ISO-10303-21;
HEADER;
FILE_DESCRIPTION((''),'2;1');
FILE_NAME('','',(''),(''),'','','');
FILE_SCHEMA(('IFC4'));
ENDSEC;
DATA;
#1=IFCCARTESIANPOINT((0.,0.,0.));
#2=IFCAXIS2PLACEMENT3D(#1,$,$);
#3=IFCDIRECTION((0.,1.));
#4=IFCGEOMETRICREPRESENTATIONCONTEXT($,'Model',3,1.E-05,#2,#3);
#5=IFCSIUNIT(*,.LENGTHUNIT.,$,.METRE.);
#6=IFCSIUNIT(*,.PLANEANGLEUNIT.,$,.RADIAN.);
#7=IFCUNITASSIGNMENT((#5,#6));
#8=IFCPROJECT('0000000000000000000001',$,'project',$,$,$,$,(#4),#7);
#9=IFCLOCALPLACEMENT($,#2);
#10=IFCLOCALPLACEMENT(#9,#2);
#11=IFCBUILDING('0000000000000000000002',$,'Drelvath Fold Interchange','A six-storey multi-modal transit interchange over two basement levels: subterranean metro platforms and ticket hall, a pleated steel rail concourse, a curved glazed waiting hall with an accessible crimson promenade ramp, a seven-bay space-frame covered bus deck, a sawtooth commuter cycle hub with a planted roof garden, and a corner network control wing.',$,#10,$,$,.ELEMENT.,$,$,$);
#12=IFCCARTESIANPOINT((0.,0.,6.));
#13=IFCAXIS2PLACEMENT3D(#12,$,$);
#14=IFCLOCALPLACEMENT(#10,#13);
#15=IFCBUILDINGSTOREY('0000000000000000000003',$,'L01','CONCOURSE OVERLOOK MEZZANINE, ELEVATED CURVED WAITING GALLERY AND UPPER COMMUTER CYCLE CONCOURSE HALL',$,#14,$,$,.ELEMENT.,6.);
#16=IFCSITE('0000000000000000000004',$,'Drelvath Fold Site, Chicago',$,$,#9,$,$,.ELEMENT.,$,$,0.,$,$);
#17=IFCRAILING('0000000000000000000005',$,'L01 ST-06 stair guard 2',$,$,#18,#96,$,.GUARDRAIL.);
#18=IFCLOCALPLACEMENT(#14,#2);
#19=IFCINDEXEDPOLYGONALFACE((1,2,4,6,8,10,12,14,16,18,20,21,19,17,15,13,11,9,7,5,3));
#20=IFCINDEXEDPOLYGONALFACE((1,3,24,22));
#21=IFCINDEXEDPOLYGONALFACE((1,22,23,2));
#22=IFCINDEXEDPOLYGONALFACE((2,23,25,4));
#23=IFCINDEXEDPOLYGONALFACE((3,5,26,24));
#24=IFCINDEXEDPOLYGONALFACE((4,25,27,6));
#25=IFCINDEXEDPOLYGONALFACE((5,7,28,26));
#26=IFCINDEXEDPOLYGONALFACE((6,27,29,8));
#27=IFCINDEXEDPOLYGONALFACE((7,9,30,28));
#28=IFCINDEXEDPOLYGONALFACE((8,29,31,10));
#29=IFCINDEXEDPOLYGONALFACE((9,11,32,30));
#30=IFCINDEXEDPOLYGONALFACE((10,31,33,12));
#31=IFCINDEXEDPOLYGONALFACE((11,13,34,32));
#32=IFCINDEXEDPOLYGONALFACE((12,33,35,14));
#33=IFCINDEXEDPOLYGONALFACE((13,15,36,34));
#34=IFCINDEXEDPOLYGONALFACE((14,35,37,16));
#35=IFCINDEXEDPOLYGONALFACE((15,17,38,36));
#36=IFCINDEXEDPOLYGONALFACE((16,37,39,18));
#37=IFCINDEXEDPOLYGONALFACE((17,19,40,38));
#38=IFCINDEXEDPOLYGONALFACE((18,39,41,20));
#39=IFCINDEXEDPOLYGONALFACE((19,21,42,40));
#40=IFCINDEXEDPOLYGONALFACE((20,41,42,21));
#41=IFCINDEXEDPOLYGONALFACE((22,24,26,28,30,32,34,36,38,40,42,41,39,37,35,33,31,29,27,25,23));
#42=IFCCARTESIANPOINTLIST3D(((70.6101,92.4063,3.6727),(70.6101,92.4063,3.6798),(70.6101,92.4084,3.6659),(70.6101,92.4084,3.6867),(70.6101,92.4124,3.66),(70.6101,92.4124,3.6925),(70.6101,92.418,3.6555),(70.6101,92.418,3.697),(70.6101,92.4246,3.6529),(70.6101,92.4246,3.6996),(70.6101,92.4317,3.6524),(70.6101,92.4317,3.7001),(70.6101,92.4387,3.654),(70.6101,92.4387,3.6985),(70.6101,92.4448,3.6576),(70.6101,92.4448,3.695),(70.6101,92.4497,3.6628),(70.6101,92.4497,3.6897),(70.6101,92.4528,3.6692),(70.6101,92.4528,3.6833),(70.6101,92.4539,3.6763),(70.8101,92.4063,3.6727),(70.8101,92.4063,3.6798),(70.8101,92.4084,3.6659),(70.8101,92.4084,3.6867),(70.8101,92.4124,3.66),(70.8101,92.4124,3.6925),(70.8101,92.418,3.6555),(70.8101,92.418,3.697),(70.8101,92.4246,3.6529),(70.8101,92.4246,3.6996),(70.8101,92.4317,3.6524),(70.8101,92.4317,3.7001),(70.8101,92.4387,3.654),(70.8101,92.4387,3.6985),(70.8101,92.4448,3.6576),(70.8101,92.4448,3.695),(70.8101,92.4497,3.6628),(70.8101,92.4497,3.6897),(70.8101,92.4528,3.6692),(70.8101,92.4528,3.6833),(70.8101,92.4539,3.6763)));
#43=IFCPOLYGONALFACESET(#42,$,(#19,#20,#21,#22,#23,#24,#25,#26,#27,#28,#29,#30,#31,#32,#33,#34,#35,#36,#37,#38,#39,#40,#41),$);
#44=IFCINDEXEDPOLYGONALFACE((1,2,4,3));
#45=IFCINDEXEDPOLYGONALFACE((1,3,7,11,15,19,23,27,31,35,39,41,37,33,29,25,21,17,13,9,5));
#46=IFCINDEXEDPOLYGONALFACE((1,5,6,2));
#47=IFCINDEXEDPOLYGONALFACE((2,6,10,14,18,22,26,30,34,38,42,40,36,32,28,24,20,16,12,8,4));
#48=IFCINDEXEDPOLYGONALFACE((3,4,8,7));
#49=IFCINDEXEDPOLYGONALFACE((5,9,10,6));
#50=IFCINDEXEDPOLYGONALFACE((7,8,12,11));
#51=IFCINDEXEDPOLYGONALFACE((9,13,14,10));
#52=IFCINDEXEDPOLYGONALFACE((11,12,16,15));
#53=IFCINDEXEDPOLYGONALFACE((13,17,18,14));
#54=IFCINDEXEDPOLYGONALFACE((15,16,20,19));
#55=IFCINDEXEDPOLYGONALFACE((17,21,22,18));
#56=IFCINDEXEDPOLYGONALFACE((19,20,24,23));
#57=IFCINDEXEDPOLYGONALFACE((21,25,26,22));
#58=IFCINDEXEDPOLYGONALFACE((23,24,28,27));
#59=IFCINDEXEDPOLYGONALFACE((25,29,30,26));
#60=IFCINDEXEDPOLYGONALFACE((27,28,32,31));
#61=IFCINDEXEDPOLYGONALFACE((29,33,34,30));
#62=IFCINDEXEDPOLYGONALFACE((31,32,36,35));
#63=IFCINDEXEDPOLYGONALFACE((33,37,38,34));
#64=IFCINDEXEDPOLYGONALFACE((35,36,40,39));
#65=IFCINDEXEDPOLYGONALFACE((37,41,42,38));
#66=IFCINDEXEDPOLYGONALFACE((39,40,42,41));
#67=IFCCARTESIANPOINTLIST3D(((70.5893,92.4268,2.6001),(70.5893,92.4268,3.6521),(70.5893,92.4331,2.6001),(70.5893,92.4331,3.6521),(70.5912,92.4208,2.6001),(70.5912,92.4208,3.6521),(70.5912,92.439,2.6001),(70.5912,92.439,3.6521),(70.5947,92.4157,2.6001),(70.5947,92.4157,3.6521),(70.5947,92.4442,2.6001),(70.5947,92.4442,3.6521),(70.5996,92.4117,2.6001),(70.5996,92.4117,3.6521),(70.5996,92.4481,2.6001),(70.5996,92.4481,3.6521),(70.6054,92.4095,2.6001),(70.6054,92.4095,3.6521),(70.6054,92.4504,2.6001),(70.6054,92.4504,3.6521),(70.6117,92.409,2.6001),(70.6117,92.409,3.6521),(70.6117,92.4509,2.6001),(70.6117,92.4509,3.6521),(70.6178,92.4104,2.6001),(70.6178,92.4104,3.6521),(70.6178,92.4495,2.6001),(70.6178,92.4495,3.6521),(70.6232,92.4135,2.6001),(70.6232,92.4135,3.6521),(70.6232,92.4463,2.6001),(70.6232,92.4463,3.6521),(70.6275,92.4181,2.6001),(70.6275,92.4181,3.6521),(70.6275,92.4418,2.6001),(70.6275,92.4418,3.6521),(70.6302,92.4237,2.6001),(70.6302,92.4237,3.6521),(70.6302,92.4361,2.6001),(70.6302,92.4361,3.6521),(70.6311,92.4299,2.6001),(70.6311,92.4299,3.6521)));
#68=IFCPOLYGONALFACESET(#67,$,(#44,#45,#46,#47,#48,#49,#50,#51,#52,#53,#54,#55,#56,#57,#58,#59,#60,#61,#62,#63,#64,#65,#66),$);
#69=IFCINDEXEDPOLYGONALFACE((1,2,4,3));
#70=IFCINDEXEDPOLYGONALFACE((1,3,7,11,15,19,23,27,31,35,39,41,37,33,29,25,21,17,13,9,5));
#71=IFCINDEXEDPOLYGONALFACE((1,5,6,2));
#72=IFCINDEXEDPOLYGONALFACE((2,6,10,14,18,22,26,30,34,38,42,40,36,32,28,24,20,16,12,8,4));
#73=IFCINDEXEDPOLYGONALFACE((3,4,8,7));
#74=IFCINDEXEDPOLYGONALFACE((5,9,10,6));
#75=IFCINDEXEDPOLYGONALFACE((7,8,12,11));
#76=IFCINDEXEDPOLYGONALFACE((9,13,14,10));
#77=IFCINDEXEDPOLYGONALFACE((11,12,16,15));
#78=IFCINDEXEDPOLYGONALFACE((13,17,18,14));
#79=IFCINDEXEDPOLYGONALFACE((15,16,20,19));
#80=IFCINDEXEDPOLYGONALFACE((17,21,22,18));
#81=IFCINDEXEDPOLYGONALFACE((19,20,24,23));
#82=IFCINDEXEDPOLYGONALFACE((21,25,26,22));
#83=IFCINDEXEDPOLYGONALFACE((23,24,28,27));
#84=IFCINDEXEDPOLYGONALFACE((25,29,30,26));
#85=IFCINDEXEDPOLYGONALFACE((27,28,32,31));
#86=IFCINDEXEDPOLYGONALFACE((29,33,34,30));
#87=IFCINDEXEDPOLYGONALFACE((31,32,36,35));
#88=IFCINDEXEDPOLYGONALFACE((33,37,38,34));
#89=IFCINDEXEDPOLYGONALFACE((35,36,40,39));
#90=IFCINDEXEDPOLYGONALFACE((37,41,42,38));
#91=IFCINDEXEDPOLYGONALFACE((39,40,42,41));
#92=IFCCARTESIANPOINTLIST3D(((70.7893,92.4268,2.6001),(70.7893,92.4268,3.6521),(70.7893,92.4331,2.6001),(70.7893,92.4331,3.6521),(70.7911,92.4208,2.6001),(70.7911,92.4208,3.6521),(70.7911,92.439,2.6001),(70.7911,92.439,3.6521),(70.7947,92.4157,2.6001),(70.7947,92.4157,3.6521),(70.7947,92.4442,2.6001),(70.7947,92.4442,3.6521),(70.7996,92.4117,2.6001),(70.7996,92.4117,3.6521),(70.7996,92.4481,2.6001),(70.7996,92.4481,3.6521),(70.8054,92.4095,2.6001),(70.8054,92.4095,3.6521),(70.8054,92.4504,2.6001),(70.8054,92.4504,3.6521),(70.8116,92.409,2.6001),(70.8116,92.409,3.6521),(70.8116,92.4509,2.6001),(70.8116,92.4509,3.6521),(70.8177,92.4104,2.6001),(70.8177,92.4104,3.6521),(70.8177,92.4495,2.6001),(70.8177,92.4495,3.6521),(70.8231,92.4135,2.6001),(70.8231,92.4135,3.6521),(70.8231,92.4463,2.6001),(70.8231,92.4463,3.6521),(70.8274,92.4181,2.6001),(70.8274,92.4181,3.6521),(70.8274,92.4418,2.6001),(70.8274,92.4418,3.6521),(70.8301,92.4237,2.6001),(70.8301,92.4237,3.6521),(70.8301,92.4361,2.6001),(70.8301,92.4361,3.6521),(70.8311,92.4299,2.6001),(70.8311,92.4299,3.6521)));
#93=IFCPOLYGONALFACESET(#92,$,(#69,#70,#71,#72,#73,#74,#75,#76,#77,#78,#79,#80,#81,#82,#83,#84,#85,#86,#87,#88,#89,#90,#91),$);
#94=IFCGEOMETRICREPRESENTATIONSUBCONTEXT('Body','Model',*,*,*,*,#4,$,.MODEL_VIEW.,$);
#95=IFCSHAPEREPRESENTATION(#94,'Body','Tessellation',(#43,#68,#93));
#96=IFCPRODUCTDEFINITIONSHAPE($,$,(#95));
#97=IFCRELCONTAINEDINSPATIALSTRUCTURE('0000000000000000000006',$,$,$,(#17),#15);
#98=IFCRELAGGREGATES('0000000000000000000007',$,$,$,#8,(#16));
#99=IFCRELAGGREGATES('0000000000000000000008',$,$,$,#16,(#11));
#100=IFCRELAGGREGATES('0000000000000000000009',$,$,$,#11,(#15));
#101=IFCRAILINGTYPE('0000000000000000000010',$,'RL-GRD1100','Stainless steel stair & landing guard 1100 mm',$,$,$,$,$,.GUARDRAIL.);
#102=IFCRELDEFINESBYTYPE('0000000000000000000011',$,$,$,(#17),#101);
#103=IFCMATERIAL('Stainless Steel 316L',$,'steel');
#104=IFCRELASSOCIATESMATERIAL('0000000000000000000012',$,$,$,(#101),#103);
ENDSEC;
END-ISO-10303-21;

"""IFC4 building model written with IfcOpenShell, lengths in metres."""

from ifc_helpers import new_model, si_unit, direction, frame, origin, origin_2d, place, context, subcontext, project, spatial, circle, extrude, material, type_object, element, save


model = new_model("IFC4")

# Units and contexts
model_context = context("Model", 3, precision=1e-05, world=origin(), true_north=direction((0.0, 1.0)))
body_context = subcontext(model_context, "Body", "Model", "MODEL_VIEW")
ifc_project = project(units=[si_unit("LENGTHUNIT", "METRE"), si_unit("PLANEANGLEUNIT", "RADIAN")], contexts=[model_context])

# Site, building, storey
site_placement = place(None, origin())
site = spatial("IfcSite", under=ifc_project, at=site_placement, Name="Drelvath Fold Site, Chicago", CompositionType="ELEMENT", RefElevation=0.0)
building_placement = place(site_placement, origin())
building = spatial("IfcBuilding", under=site, at=building_placement, Name="Drelvath Fold Interchange", Description="A six-storey multi-modal transit interchange over two basement levels: subterranean metro platforms and ticket hall, a pleated steel rail concourse, a curved glazed waiting hall with an accessible crimson promenade ramp, a seven-bay space-frame covered bus deck, a sawtooth commuter cycle hub with a planted roof garden, and a corner network control wing.", CompositionType="ELEMENT")
storey_placement = place(building_placement, frame((0.0, 0.0, 6.0)))
storey = spatial("IfcBuildingStorey", under=building, at=storey_placement, Name="L01", Description="CONCOURSE OVERLOOK MEZZANINE, ELEVATED CURVED WAITING GALLERY AND UPPER COMMUTER CYCLE CONCOURSE HALL", CompositionType="ELEMENT", Elevation=6.0)

# Railing
ifc_material_1 = material(Name="Stainless Steel 316L", Category="steel")
railing_type_1 = type_object("IfcRailingType", Name="RL-GRD1100", Description="Stainless steel stair & landing guard 1100 mm", PredefinedType="GUARDRAIL", material=ifc_material_1)
railing_1_placement = place(storey_placement, frame((70.6101, 92.4299, 2.6001)))
element("IfcRailing", 1, at=railing_1_placement, inside=storey, type_object=railing_type_1, Name="L01 ST-06 stair guard 2", PredefinedType="GUARDRAIL", context=body_context, shape_type="SweptSolid", body=[
    extrude(circle(Radius=0.0239, at=origin_2d()), frame((0.0, 0.0, 1.0762), z_axis=(1.0, 0.0, 0.0), x_axis=(0.0, 1.0, 0.0)), (0.0, 0.0, 1.0), 0.2),
    extrude(circle(Radius=0.021, at=origin_2d()), origin(), (0.0, 0.0, 1.0), 1.052),
    extrude(circle(Radius=0.021, at=origin_2d()), frame((0.2, 0.0, 0.0)), (0.0, 0.0, 1.0), 1.052),
])

save(model, "model.ifc")
